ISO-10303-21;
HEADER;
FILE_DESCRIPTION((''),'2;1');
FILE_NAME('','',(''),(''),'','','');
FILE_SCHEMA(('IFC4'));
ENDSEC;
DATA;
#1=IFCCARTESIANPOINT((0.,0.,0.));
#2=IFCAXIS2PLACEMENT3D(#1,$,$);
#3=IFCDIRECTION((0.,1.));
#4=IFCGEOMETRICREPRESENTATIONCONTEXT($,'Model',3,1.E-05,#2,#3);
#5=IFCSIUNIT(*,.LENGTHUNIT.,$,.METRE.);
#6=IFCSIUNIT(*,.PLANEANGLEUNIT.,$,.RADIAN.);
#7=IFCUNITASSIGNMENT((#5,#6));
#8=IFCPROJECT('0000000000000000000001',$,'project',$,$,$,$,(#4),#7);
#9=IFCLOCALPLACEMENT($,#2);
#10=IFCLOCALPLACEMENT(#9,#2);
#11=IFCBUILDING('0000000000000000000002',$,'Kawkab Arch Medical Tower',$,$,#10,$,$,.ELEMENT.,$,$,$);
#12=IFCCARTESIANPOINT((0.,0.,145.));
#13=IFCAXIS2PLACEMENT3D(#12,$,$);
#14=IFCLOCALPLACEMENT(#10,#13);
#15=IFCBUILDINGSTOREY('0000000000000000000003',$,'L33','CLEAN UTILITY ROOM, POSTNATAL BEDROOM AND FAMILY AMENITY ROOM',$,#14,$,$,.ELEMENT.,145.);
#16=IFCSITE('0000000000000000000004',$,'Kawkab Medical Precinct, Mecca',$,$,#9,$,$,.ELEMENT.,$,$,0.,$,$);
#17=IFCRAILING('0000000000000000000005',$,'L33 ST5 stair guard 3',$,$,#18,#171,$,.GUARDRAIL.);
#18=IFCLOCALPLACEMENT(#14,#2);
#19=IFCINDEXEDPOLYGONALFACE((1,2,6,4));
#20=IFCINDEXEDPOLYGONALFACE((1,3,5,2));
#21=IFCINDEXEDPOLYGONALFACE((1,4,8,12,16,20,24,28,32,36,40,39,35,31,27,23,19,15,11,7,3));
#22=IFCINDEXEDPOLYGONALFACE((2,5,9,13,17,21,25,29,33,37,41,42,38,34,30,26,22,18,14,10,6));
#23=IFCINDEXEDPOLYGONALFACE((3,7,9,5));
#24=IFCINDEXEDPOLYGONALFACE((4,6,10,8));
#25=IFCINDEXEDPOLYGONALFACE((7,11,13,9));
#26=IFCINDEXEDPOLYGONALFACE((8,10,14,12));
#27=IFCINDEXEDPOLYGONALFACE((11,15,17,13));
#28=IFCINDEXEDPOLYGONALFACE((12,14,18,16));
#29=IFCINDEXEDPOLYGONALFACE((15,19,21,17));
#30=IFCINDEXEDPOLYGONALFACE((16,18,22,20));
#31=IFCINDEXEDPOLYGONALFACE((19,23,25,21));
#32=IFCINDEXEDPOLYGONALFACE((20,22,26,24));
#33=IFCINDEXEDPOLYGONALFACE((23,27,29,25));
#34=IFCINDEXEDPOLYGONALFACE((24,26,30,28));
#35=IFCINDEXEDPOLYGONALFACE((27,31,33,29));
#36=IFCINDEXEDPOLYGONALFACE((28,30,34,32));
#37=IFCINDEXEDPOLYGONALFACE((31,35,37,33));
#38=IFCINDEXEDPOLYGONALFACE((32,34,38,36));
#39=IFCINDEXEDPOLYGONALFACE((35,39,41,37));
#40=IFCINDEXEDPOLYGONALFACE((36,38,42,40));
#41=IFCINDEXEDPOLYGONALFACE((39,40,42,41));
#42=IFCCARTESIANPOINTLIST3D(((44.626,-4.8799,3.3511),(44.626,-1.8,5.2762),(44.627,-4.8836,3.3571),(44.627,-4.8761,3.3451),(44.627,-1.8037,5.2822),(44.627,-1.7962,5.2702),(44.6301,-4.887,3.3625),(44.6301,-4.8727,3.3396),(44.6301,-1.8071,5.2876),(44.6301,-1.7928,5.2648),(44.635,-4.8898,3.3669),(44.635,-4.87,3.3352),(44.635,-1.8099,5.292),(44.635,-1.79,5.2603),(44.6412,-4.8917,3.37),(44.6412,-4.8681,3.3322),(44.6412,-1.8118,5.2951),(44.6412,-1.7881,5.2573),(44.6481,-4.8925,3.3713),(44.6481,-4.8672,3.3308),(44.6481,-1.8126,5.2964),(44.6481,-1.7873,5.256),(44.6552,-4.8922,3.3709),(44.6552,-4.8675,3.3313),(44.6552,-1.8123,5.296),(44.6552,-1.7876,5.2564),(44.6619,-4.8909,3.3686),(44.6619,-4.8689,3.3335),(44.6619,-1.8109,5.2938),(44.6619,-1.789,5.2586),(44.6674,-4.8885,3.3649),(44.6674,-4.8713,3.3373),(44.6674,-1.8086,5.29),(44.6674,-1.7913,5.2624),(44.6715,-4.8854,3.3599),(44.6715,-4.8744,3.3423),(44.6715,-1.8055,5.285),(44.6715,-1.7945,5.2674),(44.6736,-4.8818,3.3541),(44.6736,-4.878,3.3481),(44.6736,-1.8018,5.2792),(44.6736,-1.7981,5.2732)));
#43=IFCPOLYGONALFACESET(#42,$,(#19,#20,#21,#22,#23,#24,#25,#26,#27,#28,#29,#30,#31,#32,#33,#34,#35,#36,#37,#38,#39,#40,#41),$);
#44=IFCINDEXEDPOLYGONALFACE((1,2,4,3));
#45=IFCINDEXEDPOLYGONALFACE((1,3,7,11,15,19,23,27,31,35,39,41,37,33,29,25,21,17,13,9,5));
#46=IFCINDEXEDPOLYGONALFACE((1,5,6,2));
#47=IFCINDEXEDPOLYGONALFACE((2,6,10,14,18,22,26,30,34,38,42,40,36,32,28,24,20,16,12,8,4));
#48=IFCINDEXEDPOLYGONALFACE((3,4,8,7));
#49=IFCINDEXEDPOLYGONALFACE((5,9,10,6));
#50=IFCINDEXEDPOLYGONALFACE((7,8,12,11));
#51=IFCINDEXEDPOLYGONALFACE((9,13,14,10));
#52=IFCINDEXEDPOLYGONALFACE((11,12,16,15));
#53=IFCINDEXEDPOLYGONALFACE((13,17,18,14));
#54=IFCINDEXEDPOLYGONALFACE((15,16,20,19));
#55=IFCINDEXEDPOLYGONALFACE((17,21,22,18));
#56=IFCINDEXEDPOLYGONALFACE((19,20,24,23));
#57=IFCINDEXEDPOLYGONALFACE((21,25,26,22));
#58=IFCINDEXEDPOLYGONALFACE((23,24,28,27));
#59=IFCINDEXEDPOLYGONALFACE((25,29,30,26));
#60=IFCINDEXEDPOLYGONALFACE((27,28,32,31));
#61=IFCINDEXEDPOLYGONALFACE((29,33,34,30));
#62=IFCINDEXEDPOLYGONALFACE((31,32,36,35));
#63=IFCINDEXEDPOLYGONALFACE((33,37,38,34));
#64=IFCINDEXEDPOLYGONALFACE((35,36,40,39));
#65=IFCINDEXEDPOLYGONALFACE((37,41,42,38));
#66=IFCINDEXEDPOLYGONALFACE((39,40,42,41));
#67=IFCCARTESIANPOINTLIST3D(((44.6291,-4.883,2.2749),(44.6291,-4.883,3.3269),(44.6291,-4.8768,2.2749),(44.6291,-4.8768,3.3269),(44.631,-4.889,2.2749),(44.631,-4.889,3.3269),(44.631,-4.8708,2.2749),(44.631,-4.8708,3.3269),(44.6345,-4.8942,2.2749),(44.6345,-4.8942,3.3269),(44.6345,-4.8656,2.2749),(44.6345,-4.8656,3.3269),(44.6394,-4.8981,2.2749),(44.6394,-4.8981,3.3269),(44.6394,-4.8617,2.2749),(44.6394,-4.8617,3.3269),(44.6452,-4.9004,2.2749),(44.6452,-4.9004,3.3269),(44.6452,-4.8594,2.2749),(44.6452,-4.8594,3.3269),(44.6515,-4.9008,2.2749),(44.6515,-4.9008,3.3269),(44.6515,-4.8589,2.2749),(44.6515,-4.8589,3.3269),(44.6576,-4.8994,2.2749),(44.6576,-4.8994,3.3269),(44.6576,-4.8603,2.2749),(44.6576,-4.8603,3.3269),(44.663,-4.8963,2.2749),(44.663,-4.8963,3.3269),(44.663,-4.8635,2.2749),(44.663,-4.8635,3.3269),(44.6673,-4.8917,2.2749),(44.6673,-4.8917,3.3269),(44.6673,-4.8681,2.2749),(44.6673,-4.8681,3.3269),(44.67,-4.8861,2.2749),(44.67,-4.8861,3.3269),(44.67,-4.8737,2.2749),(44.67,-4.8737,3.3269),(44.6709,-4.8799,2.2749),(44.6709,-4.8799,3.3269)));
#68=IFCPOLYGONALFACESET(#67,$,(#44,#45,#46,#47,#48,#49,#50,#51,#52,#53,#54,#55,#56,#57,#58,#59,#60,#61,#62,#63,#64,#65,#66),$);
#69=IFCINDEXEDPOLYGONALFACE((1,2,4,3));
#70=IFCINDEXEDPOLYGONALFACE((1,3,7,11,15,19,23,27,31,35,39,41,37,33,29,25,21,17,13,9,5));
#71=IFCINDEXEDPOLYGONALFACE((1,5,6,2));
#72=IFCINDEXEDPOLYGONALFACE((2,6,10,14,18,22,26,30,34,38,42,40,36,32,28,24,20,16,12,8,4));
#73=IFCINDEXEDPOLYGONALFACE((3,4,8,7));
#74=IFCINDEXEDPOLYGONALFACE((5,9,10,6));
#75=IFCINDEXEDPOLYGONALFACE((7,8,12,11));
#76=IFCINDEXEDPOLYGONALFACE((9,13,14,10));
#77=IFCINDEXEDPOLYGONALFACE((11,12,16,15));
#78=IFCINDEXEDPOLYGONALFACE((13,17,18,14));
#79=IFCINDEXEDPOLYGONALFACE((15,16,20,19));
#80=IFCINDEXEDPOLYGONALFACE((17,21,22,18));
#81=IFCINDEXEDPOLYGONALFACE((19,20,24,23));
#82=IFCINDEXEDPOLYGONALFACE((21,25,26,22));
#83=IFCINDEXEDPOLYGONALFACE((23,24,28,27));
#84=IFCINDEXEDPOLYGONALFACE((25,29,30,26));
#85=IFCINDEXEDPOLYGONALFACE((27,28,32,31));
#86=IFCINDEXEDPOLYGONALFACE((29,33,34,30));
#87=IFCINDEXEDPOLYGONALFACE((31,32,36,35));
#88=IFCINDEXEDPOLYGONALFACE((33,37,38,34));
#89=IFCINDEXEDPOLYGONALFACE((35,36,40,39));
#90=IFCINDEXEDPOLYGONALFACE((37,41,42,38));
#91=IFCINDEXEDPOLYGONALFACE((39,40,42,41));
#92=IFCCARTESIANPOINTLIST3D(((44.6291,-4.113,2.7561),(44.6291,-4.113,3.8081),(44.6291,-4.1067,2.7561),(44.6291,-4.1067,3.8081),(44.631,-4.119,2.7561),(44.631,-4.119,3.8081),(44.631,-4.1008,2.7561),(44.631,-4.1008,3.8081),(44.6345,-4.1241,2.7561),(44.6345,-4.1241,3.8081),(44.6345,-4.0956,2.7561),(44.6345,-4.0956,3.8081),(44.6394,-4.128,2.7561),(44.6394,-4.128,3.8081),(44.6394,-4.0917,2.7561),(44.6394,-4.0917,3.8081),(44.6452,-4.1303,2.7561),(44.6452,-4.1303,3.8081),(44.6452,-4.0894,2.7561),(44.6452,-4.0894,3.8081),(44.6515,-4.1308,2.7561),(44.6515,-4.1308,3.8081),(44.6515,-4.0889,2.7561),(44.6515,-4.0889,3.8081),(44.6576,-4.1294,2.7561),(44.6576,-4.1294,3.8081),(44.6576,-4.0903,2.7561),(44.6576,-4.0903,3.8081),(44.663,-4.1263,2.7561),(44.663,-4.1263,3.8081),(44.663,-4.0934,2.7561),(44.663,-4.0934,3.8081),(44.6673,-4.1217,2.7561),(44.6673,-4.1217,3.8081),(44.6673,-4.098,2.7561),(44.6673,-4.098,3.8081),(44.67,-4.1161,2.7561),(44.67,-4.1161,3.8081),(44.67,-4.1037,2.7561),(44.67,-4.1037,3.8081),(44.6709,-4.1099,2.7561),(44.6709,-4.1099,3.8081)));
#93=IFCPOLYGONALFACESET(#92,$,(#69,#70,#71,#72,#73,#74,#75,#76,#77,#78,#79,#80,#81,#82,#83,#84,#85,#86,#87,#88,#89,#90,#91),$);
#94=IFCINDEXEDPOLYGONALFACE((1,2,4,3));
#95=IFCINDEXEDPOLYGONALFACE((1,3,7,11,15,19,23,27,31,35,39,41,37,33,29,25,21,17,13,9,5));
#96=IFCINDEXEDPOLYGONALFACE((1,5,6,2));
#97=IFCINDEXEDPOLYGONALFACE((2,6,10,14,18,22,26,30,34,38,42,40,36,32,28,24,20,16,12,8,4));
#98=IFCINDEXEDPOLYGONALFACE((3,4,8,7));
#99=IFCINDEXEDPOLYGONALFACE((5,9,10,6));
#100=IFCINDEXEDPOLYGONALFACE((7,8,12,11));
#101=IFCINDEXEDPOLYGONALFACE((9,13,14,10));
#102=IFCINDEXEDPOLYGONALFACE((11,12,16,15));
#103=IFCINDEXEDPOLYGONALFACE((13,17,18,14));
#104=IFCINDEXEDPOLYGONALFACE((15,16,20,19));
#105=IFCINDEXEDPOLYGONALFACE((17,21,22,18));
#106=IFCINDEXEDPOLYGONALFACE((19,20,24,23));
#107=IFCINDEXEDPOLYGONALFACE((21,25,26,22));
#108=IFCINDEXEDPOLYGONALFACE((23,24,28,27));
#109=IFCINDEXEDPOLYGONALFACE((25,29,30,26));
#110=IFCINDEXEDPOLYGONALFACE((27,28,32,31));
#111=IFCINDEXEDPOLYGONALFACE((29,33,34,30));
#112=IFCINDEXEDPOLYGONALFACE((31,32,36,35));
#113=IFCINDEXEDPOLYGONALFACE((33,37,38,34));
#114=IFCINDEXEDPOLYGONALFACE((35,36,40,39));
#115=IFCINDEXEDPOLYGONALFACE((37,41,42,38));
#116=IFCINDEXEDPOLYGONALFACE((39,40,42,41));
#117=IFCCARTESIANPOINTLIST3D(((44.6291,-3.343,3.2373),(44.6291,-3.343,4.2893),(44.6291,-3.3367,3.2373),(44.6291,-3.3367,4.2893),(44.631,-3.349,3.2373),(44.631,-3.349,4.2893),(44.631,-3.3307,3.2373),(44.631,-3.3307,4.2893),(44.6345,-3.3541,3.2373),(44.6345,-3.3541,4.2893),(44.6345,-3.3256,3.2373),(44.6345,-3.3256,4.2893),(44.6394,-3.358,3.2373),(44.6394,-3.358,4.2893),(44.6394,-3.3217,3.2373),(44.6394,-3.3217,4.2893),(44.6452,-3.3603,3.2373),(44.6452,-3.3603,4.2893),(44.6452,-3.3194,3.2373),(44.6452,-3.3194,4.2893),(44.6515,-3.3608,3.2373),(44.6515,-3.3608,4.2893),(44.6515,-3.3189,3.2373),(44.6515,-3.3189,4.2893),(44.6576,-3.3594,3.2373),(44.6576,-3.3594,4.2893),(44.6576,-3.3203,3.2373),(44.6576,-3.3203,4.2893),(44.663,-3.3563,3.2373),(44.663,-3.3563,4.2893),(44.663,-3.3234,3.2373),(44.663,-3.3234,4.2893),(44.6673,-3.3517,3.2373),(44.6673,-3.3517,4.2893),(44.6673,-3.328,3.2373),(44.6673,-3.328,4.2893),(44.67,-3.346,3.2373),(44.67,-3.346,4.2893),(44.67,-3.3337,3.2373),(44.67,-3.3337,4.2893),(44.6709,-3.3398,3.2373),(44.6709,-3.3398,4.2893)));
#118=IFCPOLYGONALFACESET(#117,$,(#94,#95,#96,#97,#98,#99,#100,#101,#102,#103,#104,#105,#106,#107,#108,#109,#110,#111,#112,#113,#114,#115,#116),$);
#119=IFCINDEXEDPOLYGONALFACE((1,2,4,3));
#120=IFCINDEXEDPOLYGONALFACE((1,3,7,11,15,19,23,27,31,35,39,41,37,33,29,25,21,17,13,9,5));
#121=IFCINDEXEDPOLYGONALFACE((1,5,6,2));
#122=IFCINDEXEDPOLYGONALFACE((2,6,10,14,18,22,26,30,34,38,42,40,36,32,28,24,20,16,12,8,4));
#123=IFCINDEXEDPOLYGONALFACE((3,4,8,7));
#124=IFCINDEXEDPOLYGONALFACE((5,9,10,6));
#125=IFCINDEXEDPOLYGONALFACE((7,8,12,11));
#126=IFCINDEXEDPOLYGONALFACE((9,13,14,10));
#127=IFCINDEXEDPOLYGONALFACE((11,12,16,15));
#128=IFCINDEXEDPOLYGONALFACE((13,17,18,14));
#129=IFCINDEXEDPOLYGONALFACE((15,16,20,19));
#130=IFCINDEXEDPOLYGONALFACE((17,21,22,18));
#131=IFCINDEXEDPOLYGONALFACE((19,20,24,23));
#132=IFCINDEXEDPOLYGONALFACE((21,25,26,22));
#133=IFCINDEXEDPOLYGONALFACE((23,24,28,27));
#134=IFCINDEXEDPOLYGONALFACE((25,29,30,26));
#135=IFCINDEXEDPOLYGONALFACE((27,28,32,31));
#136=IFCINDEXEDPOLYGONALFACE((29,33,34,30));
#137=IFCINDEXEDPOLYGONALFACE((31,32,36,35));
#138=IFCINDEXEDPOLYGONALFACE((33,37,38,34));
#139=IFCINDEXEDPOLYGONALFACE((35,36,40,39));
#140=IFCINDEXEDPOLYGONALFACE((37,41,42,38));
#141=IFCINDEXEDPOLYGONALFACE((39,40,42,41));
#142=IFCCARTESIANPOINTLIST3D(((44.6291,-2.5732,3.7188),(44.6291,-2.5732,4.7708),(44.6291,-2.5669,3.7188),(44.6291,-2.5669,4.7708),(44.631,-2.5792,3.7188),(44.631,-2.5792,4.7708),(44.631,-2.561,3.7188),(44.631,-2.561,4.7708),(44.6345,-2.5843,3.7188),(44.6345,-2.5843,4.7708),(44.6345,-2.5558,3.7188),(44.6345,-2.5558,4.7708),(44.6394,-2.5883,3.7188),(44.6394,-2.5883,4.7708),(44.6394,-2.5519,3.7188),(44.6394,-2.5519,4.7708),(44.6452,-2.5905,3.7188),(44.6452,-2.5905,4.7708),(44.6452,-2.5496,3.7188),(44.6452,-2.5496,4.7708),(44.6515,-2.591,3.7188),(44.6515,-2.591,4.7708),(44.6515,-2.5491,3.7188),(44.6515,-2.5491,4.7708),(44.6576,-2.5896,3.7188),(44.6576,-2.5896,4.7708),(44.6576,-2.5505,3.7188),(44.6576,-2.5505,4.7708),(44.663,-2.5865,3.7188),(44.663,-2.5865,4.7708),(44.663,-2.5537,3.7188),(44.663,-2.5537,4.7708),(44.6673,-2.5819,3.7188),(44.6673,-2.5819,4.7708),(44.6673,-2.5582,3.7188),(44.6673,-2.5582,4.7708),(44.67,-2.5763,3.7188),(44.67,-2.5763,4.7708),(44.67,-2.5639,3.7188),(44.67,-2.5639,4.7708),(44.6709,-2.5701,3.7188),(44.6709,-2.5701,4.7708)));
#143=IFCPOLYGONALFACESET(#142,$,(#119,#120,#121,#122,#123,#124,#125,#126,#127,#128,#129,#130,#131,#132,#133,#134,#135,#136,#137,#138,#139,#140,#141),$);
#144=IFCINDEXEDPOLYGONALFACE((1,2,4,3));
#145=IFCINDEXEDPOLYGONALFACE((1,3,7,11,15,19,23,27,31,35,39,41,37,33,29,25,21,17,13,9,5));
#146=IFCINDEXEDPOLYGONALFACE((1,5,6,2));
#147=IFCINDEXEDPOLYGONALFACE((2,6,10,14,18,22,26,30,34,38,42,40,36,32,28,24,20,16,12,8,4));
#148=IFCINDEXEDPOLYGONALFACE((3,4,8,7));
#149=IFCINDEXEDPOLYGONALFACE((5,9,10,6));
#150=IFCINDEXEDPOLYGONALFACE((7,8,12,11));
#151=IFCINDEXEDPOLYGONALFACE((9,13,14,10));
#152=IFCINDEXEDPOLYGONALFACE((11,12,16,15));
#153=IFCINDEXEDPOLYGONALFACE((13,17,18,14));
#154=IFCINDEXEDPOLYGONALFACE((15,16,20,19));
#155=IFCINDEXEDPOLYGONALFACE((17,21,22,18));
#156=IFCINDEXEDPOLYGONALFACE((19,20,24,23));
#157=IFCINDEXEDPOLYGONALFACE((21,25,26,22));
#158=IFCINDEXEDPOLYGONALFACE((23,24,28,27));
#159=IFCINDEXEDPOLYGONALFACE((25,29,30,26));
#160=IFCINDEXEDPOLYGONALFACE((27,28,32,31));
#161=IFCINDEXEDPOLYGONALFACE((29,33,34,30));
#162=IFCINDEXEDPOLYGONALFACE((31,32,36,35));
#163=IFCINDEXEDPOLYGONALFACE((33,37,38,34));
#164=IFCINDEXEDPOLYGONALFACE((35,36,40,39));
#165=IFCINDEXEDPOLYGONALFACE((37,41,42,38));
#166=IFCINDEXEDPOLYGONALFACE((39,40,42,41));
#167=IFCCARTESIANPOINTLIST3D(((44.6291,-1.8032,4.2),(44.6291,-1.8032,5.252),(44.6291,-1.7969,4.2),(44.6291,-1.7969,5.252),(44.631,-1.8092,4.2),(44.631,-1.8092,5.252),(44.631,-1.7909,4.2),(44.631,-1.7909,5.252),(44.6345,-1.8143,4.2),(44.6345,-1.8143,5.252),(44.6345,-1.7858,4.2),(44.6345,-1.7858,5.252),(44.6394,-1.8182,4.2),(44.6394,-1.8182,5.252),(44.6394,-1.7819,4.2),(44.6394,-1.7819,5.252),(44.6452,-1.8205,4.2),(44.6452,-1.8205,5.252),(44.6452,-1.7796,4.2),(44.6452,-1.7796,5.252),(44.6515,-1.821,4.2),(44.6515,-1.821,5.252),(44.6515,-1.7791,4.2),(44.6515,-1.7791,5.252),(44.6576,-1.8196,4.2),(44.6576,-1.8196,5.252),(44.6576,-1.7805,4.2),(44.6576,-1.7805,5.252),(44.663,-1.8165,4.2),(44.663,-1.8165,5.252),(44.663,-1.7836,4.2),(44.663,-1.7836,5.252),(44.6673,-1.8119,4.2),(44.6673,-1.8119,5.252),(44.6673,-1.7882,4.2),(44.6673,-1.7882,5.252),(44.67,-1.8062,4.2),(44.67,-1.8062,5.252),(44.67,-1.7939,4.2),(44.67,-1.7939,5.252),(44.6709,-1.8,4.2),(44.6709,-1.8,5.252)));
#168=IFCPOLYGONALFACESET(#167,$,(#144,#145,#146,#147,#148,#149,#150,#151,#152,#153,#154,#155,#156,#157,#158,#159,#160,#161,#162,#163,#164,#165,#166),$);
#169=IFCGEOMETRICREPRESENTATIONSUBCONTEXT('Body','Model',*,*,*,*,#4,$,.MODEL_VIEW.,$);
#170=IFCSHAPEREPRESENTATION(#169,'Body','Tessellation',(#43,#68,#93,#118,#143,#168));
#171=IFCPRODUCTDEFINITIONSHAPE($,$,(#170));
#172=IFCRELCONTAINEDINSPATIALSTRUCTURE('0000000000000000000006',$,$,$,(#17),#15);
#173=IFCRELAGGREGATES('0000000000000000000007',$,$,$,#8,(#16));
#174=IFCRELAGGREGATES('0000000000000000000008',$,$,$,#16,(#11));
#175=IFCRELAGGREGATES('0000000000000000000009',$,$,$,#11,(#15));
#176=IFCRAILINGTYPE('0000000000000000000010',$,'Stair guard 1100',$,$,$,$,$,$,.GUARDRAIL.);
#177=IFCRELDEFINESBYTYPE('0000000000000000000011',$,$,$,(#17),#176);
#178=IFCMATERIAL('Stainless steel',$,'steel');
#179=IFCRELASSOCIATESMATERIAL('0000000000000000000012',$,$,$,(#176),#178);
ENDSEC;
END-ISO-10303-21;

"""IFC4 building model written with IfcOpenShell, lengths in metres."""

from ifc_helpers import new_model, si_unit, direction, frame, origin, origin_2d, place, context, subcontext, project, spatial, circle, extrude, material, type_object, element, save


model = new_model("IFC4")

# Units and contexts
model_context = context("Model", 3, precision=1e-05, world=origin(), true_north=direction((0.0, 1.0)))
body_context = subcontext(model_context, "Body", "Model", "MODEL_VIEW")
ifc_project = project(units=[si_unit("LENGTHUNIT", "METRE"), si_unit("PLANEANGLEUNIT", "RADIAN")], contexts=[model_context])

# Site, building, storey
site_placement = place(None, origin())
site = spatial("IfcSite", under=ifc_project, at=site_placement, Name="Kawkab Medical Precinct, Mecca", CompositionType="ELEMENT", RefElevation=0.0)
building_placement = place(site_placement, origin())
building = spatial("IfcBuilding", under=site, at=building_placement, Name="Kawkab Arch Medical Tower", CompositionType="ELEMENT")
storey_placement = place(building_placement, frame((0.0, 0.0, 145.0)))
storey = spatial("IfcBuildingStorey", under=building, at=storey_placement, Name="L33", Description="CLEAN UTILITY ROOM, POSTNATAL BEDROOM AND FAMILY AMENITY ROOM", CompositionType="ELEMENT", Elevation=145.0)

# Railing
ifc_material_1 = material(Name="Stainless steel", Category="steel")
railing_type = type_object("IfcRailingType", Name="Stair guard 1100", PredefinedType="GUARDRAIL", material=ifc_material_1)
railing_1_placement = place(storey_placement, frame((44.6499, -4.8799, 2.2749)))
element("IfcRailing", 1, at=railing_1_placement, inside=storey, type_object=railing_type, Name="L33 ST5 stair guard 3", PredefinedType="GUARDRAIL", context=body_context, shape_type="SweptSolid", body=[
    extrude(circle(Radius=0.0239, at=origin_2d()), frame((0.0, 0.0, 1.0762), z_axis=(0.0, 0.847979, 0.530029), x_axis=(-1.0, 0.0, 0.0)), (0.0, 0.0, 1.0), 3.6321),
    extrude(circle(Radius=0.021, at=origin_2d()), origin(), (0.0, 0.0, 1.0), 1.052),
    extrude(circle(Radius=0.021, at=origin_2d()), frame((0.0, 0.77, 0.4812)), (0.0, 0.0, 1.0), 1.052),
    extrude(circle(Radius=0.021, at=origin_2d()), frame((0.0, 1.54, 0.9624)), (0.0, 0.0, 1.0), 1.052),
    extrude(circle(Radius=0.021, at=origin_2d()), frame((0.0, 2.3098, 1.4438)), (0.0, 0.0, 1.0), 1.052),
    extrude(circle(Radius=0.021, at=origin_2d()), frame((0.0, 3.0798, 1.925)), (0.0, 0.0, 1.0), 1.052),
])

save(model, "model.ifc")
